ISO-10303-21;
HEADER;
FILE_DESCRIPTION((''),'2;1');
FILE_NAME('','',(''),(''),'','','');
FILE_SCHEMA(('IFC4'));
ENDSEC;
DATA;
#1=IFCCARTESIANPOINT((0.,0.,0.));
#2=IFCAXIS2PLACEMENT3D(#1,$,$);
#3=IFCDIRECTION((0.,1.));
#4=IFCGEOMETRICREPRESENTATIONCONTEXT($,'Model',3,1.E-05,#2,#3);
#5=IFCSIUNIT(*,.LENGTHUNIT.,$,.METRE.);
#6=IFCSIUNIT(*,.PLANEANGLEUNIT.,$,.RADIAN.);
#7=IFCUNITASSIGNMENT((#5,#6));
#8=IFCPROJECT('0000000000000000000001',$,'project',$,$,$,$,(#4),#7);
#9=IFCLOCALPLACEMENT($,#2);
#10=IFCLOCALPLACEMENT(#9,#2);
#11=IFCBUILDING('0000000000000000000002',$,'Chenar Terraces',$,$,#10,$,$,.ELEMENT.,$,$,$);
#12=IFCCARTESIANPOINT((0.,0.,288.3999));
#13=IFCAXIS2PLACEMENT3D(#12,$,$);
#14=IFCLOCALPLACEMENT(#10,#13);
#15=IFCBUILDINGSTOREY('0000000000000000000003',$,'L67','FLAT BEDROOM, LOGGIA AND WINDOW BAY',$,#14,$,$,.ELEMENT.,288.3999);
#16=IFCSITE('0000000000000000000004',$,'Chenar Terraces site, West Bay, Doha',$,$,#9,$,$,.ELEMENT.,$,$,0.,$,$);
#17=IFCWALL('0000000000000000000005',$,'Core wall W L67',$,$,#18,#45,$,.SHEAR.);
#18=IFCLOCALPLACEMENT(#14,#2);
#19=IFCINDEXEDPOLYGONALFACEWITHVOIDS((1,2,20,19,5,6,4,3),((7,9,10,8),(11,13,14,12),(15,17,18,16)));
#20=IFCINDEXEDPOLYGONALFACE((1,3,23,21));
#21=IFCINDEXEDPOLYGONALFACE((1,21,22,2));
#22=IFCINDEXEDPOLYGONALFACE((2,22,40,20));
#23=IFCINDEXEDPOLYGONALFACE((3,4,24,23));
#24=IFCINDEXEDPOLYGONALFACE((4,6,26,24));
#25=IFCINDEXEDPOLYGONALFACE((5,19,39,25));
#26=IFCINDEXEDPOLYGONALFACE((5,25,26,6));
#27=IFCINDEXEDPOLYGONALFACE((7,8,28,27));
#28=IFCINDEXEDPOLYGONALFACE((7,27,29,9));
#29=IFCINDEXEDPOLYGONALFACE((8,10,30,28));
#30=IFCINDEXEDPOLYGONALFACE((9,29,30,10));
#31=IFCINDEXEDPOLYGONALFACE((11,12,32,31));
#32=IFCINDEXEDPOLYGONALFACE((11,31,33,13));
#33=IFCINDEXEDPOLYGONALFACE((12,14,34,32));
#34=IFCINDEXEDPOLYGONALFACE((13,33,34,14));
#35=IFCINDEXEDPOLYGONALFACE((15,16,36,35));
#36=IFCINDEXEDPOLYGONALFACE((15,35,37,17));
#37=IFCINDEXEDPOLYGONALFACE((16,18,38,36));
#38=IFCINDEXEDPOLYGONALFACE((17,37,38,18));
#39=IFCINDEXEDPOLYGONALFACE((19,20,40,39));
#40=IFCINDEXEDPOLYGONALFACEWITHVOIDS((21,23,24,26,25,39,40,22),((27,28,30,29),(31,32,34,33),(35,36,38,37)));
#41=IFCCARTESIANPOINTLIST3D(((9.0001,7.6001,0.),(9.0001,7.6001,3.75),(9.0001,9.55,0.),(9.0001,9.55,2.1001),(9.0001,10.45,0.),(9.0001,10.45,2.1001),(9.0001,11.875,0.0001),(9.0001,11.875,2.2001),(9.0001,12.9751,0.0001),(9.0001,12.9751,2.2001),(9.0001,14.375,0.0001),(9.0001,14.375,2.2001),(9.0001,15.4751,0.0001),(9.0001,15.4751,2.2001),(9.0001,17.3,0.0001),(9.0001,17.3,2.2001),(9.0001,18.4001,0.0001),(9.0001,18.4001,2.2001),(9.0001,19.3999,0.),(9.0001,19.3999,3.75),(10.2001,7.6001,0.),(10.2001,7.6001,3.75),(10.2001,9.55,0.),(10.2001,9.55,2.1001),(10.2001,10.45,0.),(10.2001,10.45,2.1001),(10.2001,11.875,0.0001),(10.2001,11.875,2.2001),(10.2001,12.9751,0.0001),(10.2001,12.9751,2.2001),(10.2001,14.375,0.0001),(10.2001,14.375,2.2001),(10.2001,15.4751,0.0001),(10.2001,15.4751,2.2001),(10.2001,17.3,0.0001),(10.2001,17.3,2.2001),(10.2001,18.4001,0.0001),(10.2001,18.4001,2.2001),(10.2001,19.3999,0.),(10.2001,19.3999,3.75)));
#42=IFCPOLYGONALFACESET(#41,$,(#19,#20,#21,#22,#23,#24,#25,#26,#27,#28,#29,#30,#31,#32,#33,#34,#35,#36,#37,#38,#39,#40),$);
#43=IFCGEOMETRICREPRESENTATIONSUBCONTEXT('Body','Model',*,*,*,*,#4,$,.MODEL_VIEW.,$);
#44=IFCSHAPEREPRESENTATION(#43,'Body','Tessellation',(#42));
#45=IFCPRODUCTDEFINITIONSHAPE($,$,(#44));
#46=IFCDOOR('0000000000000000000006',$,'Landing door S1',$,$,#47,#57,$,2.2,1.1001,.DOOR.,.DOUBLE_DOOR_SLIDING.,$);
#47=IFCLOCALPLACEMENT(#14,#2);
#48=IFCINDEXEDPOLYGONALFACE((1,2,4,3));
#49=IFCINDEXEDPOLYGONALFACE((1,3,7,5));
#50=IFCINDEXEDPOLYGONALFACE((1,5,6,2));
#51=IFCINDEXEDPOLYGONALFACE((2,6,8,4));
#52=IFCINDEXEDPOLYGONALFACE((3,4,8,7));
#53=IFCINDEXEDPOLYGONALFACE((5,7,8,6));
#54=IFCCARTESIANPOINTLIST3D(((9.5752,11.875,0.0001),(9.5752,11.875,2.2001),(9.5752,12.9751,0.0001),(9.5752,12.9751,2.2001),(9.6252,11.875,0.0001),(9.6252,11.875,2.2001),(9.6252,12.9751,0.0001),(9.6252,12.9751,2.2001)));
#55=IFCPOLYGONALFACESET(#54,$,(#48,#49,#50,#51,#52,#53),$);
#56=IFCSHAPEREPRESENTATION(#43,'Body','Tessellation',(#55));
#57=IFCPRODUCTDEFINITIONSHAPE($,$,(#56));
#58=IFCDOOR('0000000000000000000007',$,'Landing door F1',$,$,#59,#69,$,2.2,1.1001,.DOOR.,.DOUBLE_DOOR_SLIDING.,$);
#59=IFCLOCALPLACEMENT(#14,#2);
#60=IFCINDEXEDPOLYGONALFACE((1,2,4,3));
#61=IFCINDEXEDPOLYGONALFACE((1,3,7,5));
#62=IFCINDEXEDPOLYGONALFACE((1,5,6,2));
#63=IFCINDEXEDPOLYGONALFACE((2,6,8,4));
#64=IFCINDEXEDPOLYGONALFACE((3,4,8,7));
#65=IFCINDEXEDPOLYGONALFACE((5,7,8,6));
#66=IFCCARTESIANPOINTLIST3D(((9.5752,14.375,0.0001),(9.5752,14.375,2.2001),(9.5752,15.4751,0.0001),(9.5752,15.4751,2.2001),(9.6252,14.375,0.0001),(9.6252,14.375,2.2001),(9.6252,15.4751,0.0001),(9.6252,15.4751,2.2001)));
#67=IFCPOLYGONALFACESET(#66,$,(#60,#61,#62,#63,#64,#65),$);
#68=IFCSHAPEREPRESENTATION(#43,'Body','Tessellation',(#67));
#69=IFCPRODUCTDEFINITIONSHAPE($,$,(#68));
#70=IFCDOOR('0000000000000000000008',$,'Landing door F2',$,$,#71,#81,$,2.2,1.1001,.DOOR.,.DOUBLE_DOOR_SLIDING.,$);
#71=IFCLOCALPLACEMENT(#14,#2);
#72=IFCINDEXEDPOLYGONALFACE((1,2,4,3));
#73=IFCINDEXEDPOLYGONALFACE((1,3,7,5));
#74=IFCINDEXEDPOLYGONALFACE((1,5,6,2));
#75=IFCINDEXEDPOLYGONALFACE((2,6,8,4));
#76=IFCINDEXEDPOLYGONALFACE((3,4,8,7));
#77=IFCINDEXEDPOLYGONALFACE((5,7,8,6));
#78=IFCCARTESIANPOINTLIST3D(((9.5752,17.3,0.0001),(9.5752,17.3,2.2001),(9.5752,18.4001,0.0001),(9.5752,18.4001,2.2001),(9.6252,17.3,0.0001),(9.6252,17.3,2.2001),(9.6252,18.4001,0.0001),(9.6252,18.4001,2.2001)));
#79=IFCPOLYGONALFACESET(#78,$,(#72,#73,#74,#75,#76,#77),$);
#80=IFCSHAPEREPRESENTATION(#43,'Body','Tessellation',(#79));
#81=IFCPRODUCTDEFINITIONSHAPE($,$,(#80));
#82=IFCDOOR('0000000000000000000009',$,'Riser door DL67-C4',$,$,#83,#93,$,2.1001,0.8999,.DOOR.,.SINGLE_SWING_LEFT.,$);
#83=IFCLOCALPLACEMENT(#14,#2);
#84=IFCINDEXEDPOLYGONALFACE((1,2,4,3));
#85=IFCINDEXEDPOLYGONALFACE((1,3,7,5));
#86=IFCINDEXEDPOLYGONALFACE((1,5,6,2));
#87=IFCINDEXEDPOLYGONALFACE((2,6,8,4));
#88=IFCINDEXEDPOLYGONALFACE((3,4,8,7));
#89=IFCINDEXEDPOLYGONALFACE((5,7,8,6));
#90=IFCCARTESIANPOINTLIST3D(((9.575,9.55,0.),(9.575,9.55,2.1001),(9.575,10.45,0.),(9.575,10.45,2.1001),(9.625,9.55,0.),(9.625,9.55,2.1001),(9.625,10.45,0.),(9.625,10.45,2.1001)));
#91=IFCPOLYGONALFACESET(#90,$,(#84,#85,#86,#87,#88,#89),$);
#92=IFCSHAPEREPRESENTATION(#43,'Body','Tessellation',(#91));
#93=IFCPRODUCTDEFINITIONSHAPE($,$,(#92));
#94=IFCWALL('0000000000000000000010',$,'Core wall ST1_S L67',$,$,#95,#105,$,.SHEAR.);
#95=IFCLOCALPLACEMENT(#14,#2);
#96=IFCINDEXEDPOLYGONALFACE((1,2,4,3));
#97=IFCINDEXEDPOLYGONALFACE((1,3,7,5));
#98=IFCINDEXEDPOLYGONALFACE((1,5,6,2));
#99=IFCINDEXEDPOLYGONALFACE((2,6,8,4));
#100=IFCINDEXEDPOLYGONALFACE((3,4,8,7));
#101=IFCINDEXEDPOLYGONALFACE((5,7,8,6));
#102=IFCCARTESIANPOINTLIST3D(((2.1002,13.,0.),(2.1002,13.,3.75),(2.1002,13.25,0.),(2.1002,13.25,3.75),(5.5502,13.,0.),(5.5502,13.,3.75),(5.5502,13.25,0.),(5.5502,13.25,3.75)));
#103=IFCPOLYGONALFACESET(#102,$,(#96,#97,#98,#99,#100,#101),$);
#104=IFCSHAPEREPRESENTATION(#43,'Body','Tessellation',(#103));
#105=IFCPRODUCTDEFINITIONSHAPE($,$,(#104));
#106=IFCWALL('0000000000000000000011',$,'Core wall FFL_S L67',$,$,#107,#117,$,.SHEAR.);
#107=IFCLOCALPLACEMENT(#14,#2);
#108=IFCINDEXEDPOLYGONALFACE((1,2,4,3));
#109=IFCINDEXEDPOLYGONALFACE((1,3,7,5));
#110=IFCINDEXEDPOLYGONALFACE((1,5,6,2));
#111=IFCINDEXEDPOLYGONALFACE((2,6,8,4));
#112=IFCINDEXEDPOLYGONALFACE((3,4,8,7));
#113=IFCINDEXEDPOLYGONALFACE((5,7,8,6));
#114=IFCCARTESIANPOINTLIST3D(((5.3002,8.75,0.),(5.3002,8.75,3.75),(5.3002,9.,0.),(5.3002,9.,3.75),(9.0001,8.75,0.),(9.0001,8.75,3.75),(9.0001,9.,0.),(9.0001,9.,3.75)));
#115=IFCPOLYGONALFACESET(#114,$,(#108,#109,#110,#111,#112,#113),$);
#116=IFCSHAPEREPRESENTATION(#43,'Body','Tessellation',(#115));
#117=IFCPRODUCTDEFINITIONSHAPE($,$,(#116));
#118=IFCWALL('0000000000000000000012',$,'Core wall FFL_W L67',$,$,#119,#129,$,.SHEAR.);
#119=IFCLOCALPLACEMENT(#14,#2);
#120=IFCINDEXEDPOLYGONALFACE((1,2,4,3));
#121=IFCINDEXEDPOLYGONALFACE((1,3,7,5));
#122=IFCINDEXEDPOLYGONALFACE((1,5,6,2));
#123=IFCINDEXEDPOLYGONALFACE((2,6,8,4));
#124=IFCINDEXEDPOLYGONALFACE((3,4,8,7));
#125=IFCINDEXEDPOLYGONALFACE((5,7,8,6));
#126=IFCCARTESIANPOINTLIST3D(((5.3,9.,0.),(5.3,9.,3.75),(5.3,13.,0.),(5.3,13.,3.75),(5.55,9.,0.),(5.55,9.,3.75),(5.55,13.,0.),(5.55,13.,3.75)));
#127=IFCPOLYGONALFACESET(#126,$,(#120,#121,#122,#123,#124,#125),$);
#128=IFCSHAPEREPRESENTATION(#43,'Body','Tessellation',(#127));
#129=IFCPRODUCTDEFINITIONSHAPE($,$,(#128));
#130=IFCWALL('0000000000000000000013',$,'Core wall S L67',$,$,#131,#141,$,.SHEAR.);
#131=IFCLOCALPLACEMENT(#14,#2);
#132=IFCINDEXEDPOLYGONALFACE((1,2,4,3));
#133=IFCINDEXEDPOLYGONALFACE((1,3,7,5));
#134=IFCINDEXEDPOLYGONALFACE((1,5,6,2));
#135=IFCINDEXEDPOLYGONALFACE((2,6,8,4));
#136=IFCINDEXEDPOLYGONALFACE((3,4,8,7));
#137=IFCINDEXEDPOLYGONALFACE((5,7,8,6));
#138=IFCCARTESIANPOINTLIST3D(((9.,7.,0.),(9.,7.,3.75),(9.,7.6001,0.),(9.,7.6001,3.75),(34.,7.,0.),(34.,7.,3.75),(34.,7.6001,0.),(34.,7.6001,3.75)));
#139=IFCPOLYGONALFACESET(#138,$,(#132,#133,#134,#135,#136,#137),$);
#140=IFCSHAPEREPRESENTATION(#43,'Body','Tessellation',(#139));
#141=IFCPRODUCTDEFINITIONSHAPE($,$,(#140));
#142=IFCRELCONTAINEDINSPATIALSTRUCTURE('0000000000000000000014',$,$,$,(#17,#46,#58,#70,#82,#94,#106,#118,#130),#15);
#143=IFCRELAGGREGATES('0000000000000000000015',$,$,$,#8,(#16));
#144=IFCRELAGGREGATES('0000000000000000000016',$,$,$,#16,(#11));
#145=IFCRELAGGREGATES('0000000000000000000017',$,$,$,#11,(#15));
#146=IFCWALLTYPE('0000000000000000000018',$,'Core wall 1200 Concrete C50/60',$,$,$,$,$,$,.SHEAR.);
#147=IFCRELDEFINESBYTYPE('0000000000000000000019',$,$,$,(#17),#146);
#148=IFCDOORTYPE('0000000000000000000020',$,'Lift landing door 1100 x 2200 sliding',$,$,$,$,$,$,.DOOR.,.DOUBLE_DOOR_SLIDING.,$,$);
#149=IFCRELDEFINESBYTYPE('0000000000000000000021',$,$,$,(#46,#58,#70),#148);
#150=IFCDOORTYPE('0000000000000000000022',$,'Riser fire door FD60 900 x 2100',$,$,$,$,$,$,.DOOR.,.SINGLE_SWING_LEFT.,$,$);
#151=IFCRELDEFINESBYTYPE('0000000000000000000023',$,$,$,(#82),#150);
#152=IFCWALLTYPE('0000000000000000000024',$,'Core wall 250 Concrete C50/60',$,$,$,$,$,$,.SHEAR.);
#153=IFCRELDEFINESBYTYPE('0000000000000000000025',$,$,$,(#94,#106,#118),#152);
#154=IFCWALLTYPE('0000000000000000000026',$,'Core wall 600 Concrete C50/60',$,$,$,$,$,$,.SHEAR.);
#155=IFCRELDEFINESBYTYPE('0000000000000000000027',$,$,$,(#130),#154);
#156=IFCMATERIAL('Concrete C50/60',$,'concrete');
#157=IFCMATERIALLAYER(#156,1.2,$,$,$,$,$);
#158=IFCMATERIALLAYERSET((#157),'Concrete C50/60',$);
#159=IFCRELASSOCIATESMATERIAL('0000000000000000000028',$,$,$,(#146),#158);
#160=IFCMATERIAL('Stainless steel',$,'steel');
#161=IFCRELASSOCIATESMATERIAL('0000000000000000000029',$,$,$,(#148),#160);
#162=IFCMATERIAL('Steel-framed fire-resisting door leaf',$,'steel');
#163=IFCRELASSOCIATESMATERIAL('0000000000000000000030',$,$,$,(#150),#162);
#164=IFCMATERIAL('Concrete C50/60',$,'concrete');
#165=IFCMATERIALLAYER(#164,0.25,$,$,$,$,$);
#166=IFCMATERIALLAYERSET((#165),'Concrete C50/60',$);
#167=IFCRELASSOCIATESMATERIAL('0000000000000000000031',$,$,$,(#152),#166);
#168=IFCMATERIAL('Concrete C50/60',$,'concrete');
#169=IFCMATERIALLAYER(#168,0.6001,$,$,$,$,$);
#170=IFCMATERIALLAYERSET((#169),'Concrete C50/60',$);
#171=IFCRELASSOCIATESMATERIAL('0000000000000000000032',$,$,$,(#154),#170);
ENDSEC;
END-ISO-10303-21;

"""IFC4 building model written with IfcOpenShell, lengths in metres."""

from ifc_helpers import new_model, si_unit, direction, frame, frame_2d, origin, place, context, subcontext, project, spatial, rectangle, extrude, material, layer, layer_set, type_object, element, fill, save


model = new_model("IFC4")

# Units and contexts
model_context = context("Model", 3, precision=1e-05, world=origin(), true_north=direction((0.0, 1.0)))
body_context = subcontext(model_context, "Body", "Model", "MODEL_VIEW")
ifc_project = project(units=[si_unit("LENGTHUNIT", "METRE"), si_unit("PLANEANGLEUNIT", "RADIAN")], contexts=[model_context])

# Site, building, storey
site_placement = place(None, origin())
site = spatial("IfcSite", under=ifc_project, at=site_placement, Name="Chenar Terraces site, West Bay, Doha", CompositionType="ELEMENT", RefElevation=0.0)
building_placement = place(site_placement, origin())
building = spatial("IfcBuilding", under=site, at=building_placement, Name="Chenar Terraces", CompositionType="ELEMENT")
storey_placement = place(building_placement, frame((0.0, 0.0, 288.3999)))
storey = spatial("IfcBuildingStorey", under=building, at=storey_placement, Name="L67", Description="FLAT BEDROOM, LOGGIA AND WINDOW BAY", CompositionType="ELEMENT", Elevation=288.3999)

# Wall, openings, doors
ifc_material_1 = material(Name="Concrete C50/60", Category="concrete")
ifc_layer_1 = layer(ifc_material_1, 1.2)
ifc_layer_set_1 = layer_set([ifc_layer_1], Name="Concrete C50/60")
wall_type_1 = type_object("IfcWallType", Name="Core wall 1200 Concrete C50/60", PredefinedType="SHEAR", material=ifc_layer_set_1)
wall_1_placement = place(storey_placement, frame((9.6001, 7.6001, 0.0), z_axis=(0.0, 0.0, 1.0), x_axis=(0.0, 1.0, 0.0)))
wall_1 = element("IfcWall", 1, at=wall_1_placement, inside=storey, type_object=wall_type_1, Name="Core wall W L67", PredefinedType="SHEAR", context=body_context, shape_type="SweptSolid", body=[
    extrude(rectangle(XDim=11.7998, YDim=1.2, at=frame_2d((5.8999, 0.0))), origin(), (0.0, 0.0, 1.0), 3.75),
])
opening_1_placement = place(wall_1_placement, frame((4.2749, 0.0, 0.0)))
opening_1 = element("IfcOpeningElement", 2, at=opening_1_placement, cuts=wall_1, PredefinedType="OPENING", context=body_context, shape_type="SweptSolid", body=[
    extrude(rectangle(XDim=1.1001, YDim=2.2, at=frame_2d((0.55, 1.1001))), frame((0.0, 0.6099, 0.0), z_axis=(0.0, -1.0, 0.0), x_axis=(1.0, 0.0, 0.0)), (0.0, 0.0, 1.0), 1.22),
])
opening_2_placement = place(wall_1_placement, frame((6.7749, 0.0, 0.0)))
opening_2 = element("IfcOpeningElement", 3, at=opening_2_placement, cuts=wall_1, PredefinedType="OPENING", context=body_context, shape_type="SweptSolid", body=[
    extrude(rectangle(XDim=1.1001, YDim=2.2, at=frame_2d((0.55, 1.1001))), frame((0.0, 0.6099, 0.0), z_axis=(0.0, -1.0, 0.0), x_axis=(1.0, 0.0, 0.0)), (0.0, 0.0, 1.0), 1.22),
])
opening_3_placement = place(wall_1_placement, frame((9.7, 0.0, 0.0)))
opening_3 = element("IfcOpeningElement", 4, at=opening_3_placement, cuts=wall_1, PredefinedType="OPENING", context=body_context, shape_type="SweptSolid", body=[
    extrude(rectangle(XDim=1.1001, YDim=2.2, at=frame_2d((0.55, 1.1001))), frame((0.0, 0.6099, 0.0), z_axis=(0.0, -1.0, 0.0), x_axis=(1.0, 0.0, 0.0)), (0.0, 0.0, 1.0), 1.22),
])
opening_4_placement = place(wall_1_placement, frame((1.95, 0.0, 0.0)))
opening_4 = element("IfcOpeningElement", 5, at=opening_4_placement, cuts=wall_1, PredefinedType="OPENING", context=body_context, shape_type="SweptSolid", body=[
    extrude(rectangle(XDim=0.8999, YDim=2.1001, at=frame_2d((0.45, 1.05))), frame((0.0, 0.6099, 0.0), z_axis=(0.0, -1.0, 0.0), x_axis=(1.0, 0.0, 0.0)), (0.0, 0.0, 1.0), 1.22),
])
ifc_material_2 = material(Name="Stainless steel", Category="steel")
door_type_1 = type_object("IfcDoorType", Name="Lift landing door 1100 x 2200 sliding", OperationType="DOUBLE_DOOR_SLIDING", PredefinedType="DOOR", material=ifc_material_2)
door_1_placement = place(opening_1_placement, origin())
door_1 = element("IfcDoor", 6, at=door_1_placement, inside=storey, type_object=door_type_1, Name="Landing door S1", OperationType="DOUBLE_DOOR_SLIDING", OverallHeight=2.2, OverallWidth=1.1001, PredefinedType="DOOR", context=body_context, shape_type="SweptSolid", body=[
    extrude(rectangle(XDim=1.1001, YDim=2.2, at=frame_2d((0.55, 1.1001))), frame((0.0, 0.0249, 0.0), z_axis=(0.0, -1.0, 0.0), x_axis=(1.0, 0.0, 0.0)), (0.0, 0.0, 1.0), 0.05),
])
fill(opening_1, door_1)
door_2_placement = place(opening_2_placement, origin())
door_2 = element("IfcDoor", 7, at=door_2_placement, inside=storey, type_object=door_type_1, Name="Landing door F1", OperationType="DOUBLE_DOOR_SLIDING", OverallHeight=2.2, OverallWidth=1.1001, PredefinedType="DOOR", context=body_context, shape_type="SweptSolid", body=[
    extrude(rectangle(XDim=1.1001, YDim=2.2, at=frame_2d((0.55, 1.1001))), frame((0.0, 0.0249, 0.0), z_axis=(0.0, -1.0, 0.0), x_axis=(1.0, 0.0, 0.0)), (0.0, 0.0, 1.0), 0.05),
])
fill(opening_2, door_2)
door_3_placement = place(opening_3_placement, origin())
door_3 = element("IfcDoor", 8, at=door_3_placement, inside=storey, type_object=door_type_1, Name="Landing door F2", OperationType="DOUBLE_DOOR_SLIDING", OverallHeight=2.2, OverallWidth=1.1001, PredefinedType="DOOR", context=body_context, shape_type="SweptSolid", body=[
    extrude(rectangle(XDim=1.1001, YDim=2.2, at=frame_2d((0.55, 1.1001))), frame((0.0, 0.0249, 0.0), z_axis=(0.0, -1.0, 0.0), x_axis=(1.0, 0.0, 0.0)), (0.0, 0.0, 1.0), 0.05),
])
fill(opening_3, door_3)
ifc_material_3 = material(Name="Steel-framed fire-resisting door leaf", Category="steel")
door_type_2 = type_object("IfcDoorType", Name="Riser fire door FD60 900 x 2100", OperationType="SINGLE_SWING_LEFT", PredefinedType="DOOR", material=ifc_material_3)
door_4_placement = place(opening_4_placement, frame((0.8999, 0.0, 0.0), z_axis=(0.0, 0.0, 1.0), x_axis=(-1.0, 0.0, 0.0)))
door_4 = element("IfcDoor", 9, at=door_4_placement, inside=storey, type_object=door_type_2, Name="Riser door DL67-C4", OperationType="SINGLE_SWING_LEFT", OverallHeight=2.1001, OverallWidth=0.8999, PredefinedType="DOOR", context=body_context, shape_type="SweptSolid", body=[
    extrude(rectangle(XDim=0.8999, YDim=2.1001, at=frame_2d((0.45, 1.05))), frame((0.0, 0.0249, 0.0), z_axis=(0.0, -1.0, 0.0), x_axis=(1.0, 0.0, 0.0)), (0.0, 0.0, 1.0), 0.05),
])
fill(opening_4, door_4)

# Walls
ifc_material_4 = material(Name="Concrete C50/60", Category="concrete")
ifc_layer_2 = layer(ifc_material_4, 0.25)
ifc_layer_set_2 = layer_set([ifc_layer_2], Name="Concrete C50/60")
wall_type_2 = type_object("IfcWallType", Name="Core wall 250 Concrete C50/60", PredefinedType="SHEAR", material=ifc_layer_set_2)
wall_2_placement = place(storey_placement, frame((2.1001, 13.125, 0.0), z_axis=(0.0, 0.0, 1.0), x_axis=(1.0, 0.0, 0.0)))
element("IfcWall", 10, at=wall_2_placement, inside=storey, type_object=wall_type_2, Name="Core wall ST1_S L67", PredefinedType="SHEAR", context=body_context, shape_type="SweptSolid", body=[
    extrude(rectangle(XDim=3.45, YDim=0.25, at=frame_2d((1.7251, 0.0))), origin(), (0.0, 0.0, 1.0), 3.75),
])
wall_3_placement = place(storey_placement, frame((5.3, 8.875, 0.0), z_axis=(0.0, 0.0, 1.0), x_axis=(1.0, 0.0, 0.0)))
element("IfcWall", 11, at=wall_3_placement, inside=storey, type_object=wall_type_2, Name="Core wall FFL_S L67", PredefinedType="SHEAR", context=body_context, shape_type="SweptSolid", body=[
    extrude(rectangle(XDim=3.7, YDim=0.25, at=frame_2d((1.8501, 0.0))), origin(), (0.0, 0.0, 1.0), 3.75),
])
wall_4_placement = place(storey_placement, frame((5.425, 9.0, 0.0), z_axis=(0.0, 0.0, 1.0), x_axis=(0.0, 1.0, 0.0)))
element("IfcWall", 12, at=wall_4_placement, inside=storey, type_object=wall_type_2, Name="Core wall FFL_W L67", PredefinedType="SHEAR", context=body_context, shape_type="SweptSolid", body=[
    extrude(rectangle(XDim=4.0, YDim=0.25, at=frame_2d((2.0, 0.0))), origin(), (0.0, 0.0, 1.0), 3.75),
])
ifc_material_5 = material(Name="Concrete C50/60", Category="concrete")
ifc_layer_3 = layer(ifc_material_5, 0.6001)
ifc_layer_set_3 = layer_set([ifc_layer_3], Name="Concrete C50/60")
wall_type_3 = type_object("IfcWallType", Name="Core wall 600 Concrete C50/60", PredefinedType="SHEAR", material=ifc_layer_set_3)
wall_5_placement = place(storey_placement, frame((9.0, 7.3, 0.0), z_axis=(0.0, 0.0, 1.0), x_axis=(1.0, 0.0, 0.0)))
element("IfcWall", 13, at=wall_5_placement, inside=storey, type_object=wall_type_3, Name="Core wall S L67", PredefinedType="SHEAR", context=body_context, shape_type="SweptSolid", body=[
    extrude(rectangle(XDim=25.0, YDim=0.6001, at=frame_2d((12.5, 0.0))), origin(), (0.0, 0.0, 1.0), 3.75),
])

save(model, "model.ifc")
